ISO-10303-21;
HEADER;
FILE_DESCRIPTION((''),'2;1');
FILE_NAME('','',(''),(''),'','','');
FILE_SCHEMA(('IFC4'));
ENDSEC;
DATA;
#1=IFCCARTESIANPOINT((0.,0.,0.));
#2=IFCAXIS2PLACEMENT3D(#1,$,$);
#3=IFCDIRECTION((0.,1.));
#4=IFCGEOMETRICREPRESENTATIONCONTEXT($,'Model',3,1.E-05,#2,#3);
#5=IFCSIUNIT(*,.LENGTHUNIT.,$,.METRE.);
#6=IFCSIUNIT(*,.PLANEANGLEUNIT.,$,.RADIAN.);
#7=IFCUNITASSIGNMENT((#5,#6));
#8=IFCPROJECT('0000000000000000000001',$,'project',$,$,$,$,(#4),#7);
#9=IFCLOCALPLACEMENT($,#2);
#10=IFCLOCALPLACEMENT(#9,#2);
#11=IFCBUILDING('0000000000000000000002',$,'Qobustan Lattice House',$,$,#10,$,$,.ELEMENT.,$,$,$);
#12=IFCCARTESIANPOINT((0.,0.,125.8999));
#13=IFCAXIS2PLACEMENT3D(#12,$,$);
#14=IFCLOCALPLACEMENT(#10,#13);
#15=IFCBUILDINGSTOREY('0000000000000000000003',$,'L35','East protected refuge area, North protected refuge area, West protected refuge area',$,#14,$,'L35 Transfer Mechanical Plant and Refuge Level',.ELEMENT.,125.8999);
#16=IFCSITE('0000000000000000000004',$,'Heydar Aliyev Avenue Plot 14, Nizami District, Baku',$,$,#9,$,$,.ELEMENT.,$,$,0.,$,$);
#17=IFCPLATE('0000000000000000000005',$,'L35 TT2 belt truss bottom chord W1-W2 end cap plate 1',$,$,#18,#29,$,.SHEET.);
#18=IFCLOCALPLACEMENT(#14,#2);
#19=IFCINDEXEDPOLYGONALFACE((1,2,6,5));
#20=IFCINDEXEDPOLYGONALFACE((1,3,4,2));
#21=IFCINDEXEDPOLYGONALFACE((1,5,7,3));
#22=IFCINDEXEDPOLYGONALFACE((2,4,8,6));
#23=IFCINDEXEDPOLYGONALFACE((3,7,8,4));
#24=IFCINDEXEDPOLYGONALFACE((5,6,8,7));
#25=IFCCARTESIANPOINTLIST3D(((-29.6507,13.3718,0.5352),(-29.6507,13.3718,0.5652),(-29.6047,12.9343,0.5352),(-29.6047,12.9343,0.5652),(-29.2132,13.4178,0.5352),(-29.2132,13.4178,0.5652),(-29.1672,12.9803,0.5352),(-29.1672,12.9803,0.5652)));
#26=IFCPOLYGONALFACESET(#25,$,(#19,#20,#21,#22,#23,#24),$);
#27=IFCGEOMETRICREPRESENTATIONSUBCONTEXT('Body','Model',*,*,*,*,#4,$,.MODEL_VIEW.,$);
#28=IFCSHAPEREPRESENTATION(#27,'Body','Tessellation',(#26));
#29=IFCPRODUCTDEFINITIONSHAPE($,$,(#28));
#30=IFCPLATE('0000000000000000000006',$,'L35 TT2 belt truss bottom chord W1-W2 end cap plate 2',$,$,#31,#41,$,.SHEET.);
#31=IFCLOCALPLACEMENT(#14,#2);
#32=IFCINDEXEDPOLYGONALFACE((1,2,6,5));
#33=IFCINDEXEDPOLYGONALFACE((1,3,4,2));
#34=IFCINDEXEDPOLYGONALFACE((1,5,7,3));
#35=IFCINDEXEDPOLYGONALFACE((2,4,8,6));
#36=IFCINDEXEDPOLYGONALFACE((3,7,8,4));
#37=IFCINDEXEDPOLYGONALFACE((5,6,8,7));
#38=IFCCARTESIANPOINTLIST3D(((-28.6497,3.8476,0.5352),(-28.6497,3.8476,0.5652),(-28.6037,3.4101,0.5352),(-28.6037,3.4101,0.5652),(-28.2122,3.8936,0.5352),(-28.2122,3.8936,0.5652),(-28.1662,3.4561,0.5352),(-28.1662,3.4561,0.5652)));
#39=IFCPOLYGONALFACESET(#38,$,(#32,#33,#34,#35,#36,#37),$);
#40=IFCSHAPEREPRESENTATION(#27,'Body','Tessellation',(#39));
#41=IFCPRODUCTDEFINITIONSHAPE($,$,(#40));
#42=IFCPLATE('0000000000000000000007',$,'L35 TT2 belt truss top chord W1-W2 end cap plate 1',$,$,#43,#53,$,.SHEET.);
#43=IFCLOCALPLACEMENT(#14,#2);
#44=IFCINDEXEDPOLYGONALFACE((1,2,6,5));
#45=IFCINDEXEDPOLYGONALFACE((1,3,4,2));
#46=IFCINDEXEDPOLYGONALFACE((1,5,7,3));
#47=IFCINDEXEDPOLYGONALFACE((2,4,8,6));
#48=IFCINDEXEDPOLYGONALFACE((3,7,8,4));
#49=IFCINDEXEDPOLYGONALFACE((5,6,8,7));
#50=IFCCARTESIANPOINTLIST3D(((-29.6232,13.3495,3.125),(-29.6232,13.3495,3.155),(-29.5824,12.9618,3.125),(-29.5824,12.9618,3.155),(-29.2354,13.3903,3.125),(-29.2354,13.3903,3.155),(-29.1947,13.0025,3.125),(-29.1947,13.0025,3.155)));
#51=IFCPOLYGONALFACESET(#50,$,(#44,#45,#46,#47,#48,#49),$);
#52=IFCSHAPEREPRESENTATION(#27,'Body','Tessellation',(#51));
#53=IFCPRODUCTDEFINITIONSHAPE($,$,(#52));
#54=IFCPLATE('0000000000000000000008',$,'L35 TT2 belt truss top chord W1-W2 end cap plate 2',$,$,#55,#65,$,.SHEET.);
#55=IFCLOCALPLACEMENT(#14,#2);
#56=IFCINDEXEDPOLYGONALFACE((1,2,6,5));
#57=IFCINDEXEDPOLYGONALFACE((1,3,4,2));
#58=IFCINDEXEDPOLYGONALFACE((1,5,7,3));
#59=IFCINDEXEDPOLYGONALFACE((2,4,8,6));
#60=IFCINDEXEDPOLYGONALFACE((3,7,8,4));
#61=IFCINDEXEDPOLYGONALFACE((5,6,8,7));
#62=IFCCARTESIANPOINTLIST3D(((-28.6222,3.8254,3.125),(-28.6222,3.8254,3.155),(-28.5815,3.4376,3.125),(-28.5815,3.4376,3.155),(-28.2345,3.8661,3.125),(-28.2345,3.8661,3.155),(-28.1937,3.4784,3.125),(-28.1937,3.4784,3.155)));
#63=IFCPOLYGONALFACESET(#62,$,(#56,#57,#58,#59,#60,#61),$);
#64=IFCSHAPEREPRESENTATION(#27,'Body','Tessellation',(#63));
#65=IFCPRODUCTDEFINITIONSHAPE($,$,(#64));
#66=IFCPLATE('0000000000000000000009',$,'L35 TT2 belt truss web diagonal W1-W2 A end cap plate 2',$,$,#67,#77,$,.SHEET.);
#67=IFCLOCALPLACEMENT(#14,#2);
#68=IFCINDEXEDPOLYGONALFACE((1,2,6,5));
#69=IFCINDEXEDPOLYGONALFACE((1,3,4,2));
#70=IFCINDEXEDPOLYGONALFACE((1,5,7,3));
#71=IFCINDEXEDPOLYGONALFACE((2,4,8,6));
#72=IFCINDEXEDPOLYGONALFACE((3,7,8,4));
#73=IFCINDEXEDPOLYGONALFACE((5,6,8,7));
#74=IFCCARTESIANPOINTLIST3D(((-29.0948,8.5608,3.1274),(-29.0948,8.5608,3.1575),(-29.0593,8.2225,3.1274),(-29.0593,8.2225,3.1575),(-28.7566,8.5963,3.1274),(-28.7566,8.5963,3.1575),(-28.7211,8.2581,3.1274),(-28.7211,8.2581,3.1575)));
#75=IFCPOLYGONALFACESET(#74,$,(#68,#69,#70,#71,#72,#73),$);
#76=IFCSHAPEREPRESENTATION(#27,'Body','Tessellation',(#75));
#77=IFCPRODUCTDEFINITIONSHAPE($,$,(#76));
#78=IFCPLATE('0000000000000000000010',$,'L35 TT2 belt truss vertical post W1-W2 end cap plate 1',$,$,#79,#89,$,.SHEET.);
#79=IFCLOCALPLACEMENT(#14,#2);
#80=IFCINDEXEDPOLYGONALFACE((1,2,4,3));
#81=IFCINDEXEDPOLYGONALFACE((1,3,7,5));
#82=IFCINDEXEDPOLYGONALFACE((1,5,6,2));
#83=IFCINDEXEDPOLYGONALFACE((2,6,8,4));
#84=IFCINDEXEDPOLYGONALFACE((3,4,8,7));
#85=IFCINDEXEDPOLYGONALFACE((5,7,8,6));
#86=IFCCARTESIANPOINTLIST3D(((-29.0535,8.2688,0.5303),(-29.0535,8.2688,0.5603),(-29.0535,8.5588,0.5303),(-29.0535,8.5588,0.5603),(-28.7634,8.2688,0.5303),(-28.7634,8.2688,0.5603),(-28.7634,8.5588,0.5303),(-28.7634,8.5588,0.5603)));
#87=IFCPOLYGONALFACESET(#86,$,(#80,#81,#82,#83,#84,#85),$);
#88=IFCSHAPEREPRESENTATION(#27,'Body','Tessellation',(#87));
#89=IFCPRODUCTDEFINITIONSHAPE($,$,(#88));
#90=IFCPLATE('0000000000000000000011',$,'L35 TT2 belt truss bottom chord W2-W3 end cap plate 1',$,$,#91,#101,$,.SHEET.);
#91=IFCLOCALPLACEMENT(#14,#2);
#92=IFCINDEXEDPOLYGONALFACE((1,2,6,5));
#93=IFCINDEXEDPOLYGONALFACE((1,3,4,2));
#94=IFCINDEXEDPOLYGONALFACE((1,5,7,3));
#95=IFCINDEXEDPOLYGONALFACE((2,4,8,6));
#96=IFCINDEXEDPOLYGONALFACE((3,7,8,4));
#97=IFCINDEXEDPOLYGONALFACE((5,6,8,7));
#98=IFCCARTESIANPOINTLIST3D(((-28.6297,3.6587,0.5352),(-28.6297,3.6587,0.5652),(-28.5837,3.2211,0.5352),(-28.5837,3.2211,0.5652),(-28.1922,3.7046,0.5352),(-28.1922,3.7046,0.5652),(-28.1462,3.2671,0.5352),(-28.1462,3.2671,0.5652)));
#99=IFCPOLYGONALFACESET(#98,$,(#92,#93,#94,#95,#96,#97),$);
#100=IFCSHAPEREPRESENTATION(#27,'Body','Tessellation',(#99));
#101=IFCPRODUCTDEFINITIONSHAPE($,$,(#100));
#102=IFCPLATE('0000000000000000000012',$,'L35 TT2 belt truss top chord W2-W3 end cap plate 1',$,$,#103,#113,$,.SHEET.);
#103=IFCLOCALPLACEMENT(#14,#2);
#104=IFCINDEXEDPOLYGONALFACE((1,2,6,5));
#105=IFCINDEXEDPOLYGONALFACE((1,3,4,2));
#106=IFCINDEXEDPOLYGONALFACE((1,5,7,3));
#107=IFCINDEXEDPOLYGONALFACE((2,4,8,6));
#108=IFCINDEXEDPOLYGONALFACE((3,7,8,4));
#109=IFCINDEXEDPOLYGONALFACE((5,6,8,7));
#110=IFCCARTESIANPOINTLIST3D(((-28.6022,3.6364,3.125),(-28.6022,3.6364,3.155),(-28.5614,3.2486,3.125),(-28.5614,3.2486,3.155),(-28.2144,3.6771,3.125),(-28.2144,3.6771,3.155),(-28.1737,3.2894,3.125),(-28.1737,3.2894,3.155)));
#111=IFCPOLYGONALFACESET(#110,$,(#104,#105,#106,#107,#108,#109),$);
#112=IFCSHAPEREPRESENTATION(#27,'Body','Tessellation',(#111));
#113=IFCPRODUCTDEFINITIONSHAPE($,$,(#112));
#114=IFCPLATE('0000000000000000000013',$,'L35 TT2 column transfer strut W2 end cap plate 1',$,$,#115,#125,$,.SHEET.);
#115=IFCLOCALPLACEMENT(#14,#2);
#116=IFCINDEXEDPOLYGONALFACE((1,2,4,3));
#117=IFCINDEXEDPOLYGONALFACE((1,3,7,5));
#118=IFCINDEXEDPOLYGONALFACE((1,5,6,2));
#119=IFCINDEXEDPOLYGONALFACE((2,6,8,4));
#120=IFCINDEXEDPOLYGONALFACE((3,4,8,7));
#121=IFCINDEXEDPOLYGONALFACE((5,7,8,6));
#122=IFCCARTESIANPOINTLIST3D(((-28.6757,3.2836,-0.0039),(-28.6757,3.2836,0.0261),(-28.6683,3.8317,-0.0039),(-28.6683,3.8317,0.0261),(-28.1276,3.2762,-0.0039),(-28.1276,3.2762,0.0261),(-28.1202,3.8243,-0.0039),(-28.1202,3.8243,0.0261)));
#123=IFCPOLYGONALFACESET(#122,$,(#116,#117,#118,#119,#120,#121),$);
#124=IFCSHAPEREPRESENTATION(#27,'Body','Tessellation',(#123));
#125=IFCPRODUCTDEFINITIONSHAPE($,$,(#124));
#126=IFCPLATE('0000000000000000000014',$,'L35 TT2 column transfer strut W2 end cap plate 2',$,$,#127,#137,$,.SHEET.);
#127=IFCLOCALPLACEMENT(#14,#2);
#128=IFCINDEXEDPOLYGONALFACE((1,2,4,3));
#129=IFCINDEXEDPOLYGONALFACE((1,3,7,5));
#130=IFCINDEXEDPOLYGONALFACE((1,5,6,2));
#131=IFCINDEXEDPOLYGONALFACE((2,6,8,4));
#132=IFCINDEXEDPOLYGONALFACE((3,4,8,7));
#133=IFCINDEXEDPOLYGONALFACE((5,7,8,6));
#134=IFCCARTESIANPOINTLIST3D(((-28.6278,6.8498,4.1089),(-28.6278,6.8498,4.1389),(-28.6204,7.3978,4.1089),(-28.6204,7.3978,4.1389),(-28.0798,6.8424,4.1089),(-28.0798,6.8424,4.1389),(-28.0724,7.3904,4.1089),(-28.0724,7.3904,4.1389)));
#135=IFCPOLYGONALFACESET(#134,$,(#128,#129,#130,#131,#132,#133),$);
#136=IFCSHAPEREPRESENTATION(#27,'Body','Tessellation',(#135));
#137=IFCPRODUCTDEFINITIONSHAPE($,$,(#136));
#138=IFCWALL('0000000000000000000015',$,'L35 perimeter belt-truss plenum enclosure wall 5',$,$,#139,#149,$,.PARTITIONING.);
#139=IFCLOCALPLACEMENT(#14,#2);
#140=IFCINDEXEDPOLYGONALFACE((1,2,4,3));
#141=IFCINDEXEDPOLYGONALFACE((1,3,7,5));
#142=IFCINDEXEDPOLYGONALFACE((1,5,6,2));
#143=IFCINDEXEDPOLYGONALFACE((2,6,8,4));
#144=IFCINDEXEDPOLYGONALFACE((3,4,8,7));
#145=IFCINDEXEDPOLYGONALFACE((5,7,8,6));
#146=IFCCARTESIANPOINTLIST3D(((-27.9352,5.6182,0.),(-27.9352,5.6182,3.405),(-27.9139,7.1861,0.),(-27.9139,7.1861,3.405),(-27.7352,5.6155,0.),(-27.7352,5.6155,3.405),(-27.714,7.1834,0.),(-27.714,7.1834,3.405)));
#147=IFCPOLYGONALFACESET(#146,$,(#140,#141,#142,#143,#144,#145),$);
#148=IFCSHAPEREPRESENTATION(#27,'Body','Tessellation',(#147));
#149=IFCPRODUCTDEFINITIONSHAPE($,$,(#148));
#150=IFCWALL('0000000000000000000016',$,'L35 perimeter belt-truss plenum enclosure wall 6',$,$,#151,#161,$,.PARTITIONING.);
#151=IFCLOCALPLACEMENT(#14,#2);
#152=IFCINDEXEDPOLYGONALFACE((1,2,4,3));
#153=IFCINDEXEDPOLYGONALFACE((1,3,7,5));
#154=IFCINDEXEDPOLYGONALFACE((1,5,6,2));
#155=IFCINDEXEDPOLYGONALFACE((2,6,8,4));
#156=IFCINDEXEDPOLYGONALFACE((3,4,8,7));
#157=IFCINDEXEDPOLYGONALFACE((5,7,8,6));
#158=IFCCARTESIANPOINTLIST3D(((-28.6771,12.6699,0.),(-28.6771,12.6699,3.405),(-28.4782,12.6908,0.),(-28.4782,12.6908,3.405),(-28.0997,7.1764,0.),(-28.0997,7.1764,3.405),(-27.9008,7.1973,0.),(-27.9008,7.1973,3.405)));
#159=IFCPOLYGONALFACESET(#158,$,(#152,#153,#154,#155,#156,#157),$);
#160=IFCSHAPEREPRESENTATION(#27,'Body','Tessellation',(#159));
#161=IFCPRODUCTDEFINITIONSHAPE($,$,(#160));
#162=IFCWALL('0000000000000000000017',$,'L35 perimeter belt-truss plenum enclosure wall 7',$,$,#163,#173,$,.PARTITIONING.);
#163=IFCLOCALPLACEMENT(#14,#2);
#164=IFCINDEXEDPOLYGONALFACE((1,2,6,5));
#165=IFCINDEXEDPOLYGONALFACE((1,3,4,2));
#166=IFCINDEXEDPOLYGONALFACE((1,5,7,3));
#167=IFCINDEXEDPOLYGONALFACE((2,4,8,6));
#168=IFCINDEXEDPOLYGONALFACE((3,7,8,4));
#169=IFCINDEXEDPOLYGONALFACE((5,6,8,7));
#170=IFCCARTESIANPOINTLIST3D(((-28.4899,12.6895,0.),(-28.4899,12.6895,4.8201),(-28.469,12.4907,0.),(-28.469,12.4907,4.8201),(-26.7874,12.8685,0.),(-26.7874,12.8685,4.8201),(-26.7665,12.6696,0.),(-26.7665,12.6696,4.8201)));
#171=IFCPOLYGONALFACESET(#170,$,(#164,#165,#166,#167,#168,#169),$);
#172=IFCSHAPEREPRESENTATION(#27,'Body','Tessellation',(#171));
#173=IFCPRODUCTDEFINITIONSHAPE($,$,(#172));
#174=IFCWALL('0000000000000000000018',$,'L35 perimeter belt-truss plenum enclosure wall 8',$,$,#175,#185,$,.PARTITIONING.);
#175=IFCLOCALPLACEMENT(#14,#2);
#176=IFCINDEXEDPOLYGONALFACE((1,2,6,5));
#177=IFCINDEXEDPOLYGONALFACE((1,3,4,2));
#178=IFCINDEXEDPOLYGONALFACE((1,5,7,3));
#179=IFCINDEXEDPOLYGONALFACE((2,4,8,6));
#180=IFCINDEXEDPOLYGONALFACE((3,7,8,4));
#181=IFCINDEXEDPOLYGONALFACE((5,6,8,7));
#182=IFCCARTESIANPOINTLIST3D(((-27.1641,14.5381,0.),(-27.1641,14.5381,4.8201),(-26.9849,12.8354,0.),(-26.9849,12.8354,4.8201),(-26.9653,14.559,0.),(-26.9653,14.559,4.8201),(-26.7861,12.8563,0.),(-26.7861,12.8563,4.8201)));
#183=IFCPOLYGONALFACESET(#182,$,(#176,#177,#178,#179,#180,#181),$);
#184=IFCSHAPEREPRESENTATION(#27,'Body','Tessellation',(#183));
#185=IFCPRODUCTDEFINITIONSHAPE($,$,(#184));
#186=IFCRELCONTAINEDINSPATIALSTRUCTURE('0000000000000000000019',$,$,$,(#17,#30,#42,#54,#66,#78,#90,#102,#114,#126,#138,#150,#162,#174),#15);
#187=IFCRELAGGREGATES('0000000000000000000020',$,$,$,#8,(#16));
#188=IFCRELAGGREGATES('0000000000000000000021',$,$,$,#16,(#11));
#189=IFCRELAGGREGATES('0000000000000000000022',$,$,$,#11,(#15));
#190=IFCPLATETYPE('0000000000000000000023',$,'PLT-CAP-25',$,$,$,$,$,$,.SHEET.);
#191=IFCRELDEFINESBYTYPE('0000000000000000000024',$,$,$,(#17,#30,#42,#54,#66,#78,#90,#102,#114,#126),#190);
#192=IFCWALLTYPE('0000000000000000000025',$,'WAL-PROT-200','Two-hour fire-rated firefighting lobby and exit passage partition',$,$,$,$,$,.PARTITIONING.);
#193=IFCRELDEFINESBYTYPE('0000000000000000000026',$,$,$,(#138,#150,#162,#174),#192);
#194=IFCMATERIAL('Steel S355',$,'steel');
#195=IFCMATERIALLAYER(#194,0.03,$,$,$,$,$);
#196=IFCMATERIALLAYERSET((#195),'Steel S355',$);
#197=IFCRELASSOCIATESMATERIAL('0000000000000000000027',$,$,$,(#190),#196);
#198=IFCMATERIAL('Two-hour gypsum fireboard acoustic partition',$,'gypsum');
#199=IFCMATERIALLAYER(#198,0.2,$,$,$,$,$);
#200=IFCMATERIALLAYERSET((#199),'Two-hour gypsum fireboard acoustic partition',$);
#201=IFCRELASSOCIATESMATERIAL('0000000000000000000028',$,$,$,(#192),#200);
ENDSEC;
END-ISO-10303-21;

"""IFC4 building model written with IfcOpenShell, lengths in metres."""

from ifc_helpers import new_model, si_unit, direction, frame, frame_2d, origin, origin_2d, place, context, subcontext, project, spatial, rectangle, extrude, material, layer, layer_set, type_object, element, save


model = new_model("IFC4")

# Units and contexts
model_context = context("Model", 3, precision=1e-05, world=origin(), true_north=direction((0.0, 1.0)))
body_context = subcontext(model_context, "Body", "Model", "MODEL_VIEW")
ifc_project = project(units=[si_unit("LENGTHUNIT", "METRE"), si_unit("PLANEANGLEUNIT", "RADIAN")], contexts=[model_context])

# Site, building, storey
site_placement = place(None, origin())
site = spatial("IfcSite", under=ifc_project, at=site_placement, Name="Heydar Aliyev Avenue Plot 14, Nizami District, Baku", CompositionType="ELEMENT", RefElevation=0.0)
building_placement = place(site_placement, origin())
building = spatial("IfcBuilding", under=site, at=building_placement, Name="Qobustan Lattice House", CompositionType="ELEMENT")
storey_placement = place(building_placement, frame((0.0, 0.0, 125.8999)))
storey = spatial("IfcBuildingStorey", under=building, at=storey_placement, Name="L35", Description="East protected refuge area, North protected refuge area, West protected refuge area", LongName="L35 Transfer Mechanical Plant and Refuge Level", CompositionType="ELEMENT", Elevation=125.8999)

# Plates
ifc_material_1 = material(Name="Steel S355", Category="steel")
ifc_layer_1 = layer(ifc_material_1, 0.03)
ifc_layer_set_1 = layer_set([ifc_layer_1], Name="Steel S355")
plate_type = type_object("IfcPlateType", Name="PLT-CAP-25", PredefinedType="SHEET", material=ifc_layer_set_1)
for number, where, z_axis, x_axis, name in (
    (1, (-29.4089, 13.176, 0.5352), (0.0, 0.0, 1.0), (0.104528, -0.994522, 0.0), "L35 TT2 belt truss bottom chord W1-W2 end cap plate 1"),
    (2, (-28.408, 3.6519, 0.5352), (0.0, 0.0, 1.0), (0.104528, -0.994522, 0.0), "L35 TT2 belt truss bottom chord W1-W2 end cap plate 2"),
):
    element("IfcPlate", number, at=place(storey_placement, frame(where, z_axis=z_axis, x_axis=x_axis)), inside=storey, type_object=plate_type, Name=name, PredefinedType="SHEET", context=body_context, shape_type="SweptSolid", body=[
        extrude(rectangle(XDim=0.4399, YDim=0.4399, at=origin_2d()), origin(), (0.0, 0.0, 1.0), 0.03),
    ])
for number, where, z_axis, x_axis, name in (
    (3, (-29.4089, 13.176, 3.125), (0.0, 0.0, 1.0), (0.104528, -0.994522, 0.0), "L35 TT2 belt truss top chord W1-W2 end cap plate 1"),
    (4, (-28.408, 3.6519, 3.125), (0.0, 0.0, 1.0), (0.104528, -0.994522, 0.0), "L35 TT2 belt truss top chord W1-W2 end cap plate 2"),
):
    element("IfcPlate", number, at=place(storey_placement, frame(where, z_axis=z_axis, x_axis=x_axis)), inside=storey, type_object=plate_type, Name=name, PredefinedType="SHEET", context=body_context, shape_type="SweptSolid", body=[
        extrude(rectangle(XDim=0.3899, YDim=0.3899, at=origin_2d()), origin(), (0.0, 0.0, 1.0), 0.03),
    ])
plate_1_placement = place(storey_placement, frame((-28.908, 8.4094, 3.1274), z_axis=(0.0, 0.0, 1.0), x_axis=(0.104511, -0.994524, 0.0)))
element("IfcPlate", 5, at=plate_1_placement, inside=storey, type_object=plate_type, Name="L35 TT2 belt truss web diagonal W1-W2 A end cap plate 2", PredefinedType="SHEET", context=body_context, shape_type="SweptSolid", body=[
    extrude(rectangle(XDim=0.3401, YDim=0.3401, at=origin_2d()), origin(), (0.0, 0.0, 1.0), 0.03),
])
plate_2_placement = place(storey_placement, frame((-28.9084, 8.4138, 0.5303), z_axis=(0.0, 0.0, 1.0), x_axis=(1.0, 0.0, 0.0)))
element("IfcPlate", 6, at=plate_2_placement, inside=storey, type_object=plate_type, Name="L35 TT2 belt truss vertical post W1-W2 end cap plate 1", PredefinedType="SHEET", context=body_context, shape_type="SweptSolid", body=[
    extrude(rectangle(XDim=0.29, YDim=0.29, at=origin_2d()), origin(), (0.0, 0.0, 1.0), 0.03),
])
plate_3_placement = place(storey_placement, frame((-28.3879, 3.4629, 0.5352), z_axis=(0.0, 0.0, 1.0), x_axis=(0.104528, -0.994522, 0.0)))
element("IfcPlate", 7, at=plate_3_placement, inside=storey, type_object=plate_type, Name="L35 TT2 belt truss bottom chord W2-W3 end cap plate 1", PredefinedType="SHEET", context=body_context, shape_type="SweptSolid", body=[
    extrude(rectangle(XDim=0.4399, YDim=0.4399, at=origin_2d()), origin(), (0.0, 0.0, 1.0), 0.03),
])
plate_4_placement = place(storey_placement, frame((-28.3879, 3.4629, 3.125), z_axis=(0.0, 0.0, 1.0), x_axis=(0.104528, -0.994522, 0.0)))
element("IfcPlate", 8, at=plate_4_placement, inside=storey, type_object=plate_type, Name="L35 TT2 belt truss top chord W2-W3 end cap plate 1", PredefinedType="SHEET", context=body_context, shape_type="SweptSolid", body=[
    extrude(rectangle(XDim=0.3899, YDim=0.3899, at=origin_2d()), origin(), (0.0, 0.0, 1.0), 0.03),
])
for number, where, z_axis, x_axis, name in (
    (9, (-28.3979, 3.554, -0.0039), (0.0, 0.0, 1.0), (0.013491, 0.999909, 0.0), "L35 TT2 column transfer strut W2 end cap plate 1"),
    (10, (-28.3501, 7.1201, 4.1089), (0.0, 0.0, 1.0), (0.013491, 0.999909, 0.0), "L35 TT2 column transfer strut W2 end cap plate 2"),
):
    element("IfcPlate", number, at=place(storey_placement, frame(where, z_axis=z_axis, x_axis=x_axis)), inside=storey, type_object=plate_type, Name=name, PredefinedType="SHEET", context=body_context, shape_type="SweptSolid", body=[
        extrude(rectangle(XDim=0.5481, YDim=0.5481, at=origin_2d()), origin(), (0.0, 0.0, 1.0), 0.03),
    ])

# Walls
ifc_material_2 = material(Name="Two-hour gypsum fireboard acoustic partition", Category="gypsum")
ifc_layer_2 = layer(ifc_material_2, 0.2)
ifc_layer_set_2 = layer_set([ifc_layer_2], Name="Two-hour gypsum fireboard acoustic partition")
wall_type_1 = type_object("IfcWallType", Name="WAL-PROT-200", Description="Two-hour fire-rated firefighting lobby and exit passage partition", PredefinedType="PARTITIONING", material=ifc_layer_set_2)
wall_1_placement = place(storey_placement, frame((-27.8352, 5.6167, 0.0), z_axis=(0.0, 0.0, 1.0), x_axis=(0.013546, 0.999908, 0.0)))
element("IfcWall", 11, at=wall_1_placement, inside=storey, type_object=wall_type_1, Name="L35 perimeter belt-truss plenum enclosure wall 5", PredefinedType="PARTITIONING", context=body_context, shape_type="SweptSolid", body=[
    extrude(rectangle(XDim=1.5681, YDim=0.2, at=frame_2d((0.7842, 0.0))), origin(), (0.0, 0.0, 1.0), 3.405),
])
wall_2_placement = place(storey_placement, frame((-28.0002, 7.187, 0.0), z_axis=(0.0, 0.0, 1.0), x_axis=(-0.104531, 0.994522, 0.0)))
element("IfcWall", 12, at=wall_2_placement, inside=storey, type_object=wall_type_1, Name="L35 perimeter belt-truss plenum enclosure wall 6", PredefinedType="PARTITIONING", context=body_context, shape_type="SweptSolid", body=[
    extrude(rectangle(XDim=5.5237, YDim=0.2, at=frame_2d((2.7617, 0.0))), origin(), (0.0, 0.0, 1.0), 3.405),
])
wall_3_placement = place(storey_placement, frame((-28.4795, 12.5901, 0.0), z_axis=(0.0, 0.0, 1.0), x_axis=(0.994522, 0.104529, 0.0)))
element("IfcWall", 13, at=wall_3_placement, inside=storey, type_object=wall_type_1, Name="L35 perimeter belt-truss plenum enclosure wall 7", PredefinedType="PARTITIONING", context=body_context, shape_type="SweptSolid", body=[
    extrude(rectangle(XDim=1.7119, YDim=0.2, at=frame_2d((0.856, 0.0))), origin(), (0.0, 0.0, 1.0), 4.8201),
])
wall_4_placement = place(storey_placement, frame((-26.8855, 12.8459, 0.0), z_axis=(0.0, 0.0, 1.0), x_axis=(-0.10467, 0.994507, 0.0)))
element("IfcWall", 14, at=wall_4_placement, inside=storey, type_object=wall_type_1, Name="L35 perimeter belt-truss plenum enclosure wall 8", PredefinedType="PARTITIONING", context=body_context, shape_type="SweptSolid", body=[
    extrude(rectangle(XDim=1.7122, YDim=0.2, at=frame_2d((0.856, 0.0))), origin(), (0.0, 0.0, 1.0), 4.8201),
])

save(model, "model.ifc")
